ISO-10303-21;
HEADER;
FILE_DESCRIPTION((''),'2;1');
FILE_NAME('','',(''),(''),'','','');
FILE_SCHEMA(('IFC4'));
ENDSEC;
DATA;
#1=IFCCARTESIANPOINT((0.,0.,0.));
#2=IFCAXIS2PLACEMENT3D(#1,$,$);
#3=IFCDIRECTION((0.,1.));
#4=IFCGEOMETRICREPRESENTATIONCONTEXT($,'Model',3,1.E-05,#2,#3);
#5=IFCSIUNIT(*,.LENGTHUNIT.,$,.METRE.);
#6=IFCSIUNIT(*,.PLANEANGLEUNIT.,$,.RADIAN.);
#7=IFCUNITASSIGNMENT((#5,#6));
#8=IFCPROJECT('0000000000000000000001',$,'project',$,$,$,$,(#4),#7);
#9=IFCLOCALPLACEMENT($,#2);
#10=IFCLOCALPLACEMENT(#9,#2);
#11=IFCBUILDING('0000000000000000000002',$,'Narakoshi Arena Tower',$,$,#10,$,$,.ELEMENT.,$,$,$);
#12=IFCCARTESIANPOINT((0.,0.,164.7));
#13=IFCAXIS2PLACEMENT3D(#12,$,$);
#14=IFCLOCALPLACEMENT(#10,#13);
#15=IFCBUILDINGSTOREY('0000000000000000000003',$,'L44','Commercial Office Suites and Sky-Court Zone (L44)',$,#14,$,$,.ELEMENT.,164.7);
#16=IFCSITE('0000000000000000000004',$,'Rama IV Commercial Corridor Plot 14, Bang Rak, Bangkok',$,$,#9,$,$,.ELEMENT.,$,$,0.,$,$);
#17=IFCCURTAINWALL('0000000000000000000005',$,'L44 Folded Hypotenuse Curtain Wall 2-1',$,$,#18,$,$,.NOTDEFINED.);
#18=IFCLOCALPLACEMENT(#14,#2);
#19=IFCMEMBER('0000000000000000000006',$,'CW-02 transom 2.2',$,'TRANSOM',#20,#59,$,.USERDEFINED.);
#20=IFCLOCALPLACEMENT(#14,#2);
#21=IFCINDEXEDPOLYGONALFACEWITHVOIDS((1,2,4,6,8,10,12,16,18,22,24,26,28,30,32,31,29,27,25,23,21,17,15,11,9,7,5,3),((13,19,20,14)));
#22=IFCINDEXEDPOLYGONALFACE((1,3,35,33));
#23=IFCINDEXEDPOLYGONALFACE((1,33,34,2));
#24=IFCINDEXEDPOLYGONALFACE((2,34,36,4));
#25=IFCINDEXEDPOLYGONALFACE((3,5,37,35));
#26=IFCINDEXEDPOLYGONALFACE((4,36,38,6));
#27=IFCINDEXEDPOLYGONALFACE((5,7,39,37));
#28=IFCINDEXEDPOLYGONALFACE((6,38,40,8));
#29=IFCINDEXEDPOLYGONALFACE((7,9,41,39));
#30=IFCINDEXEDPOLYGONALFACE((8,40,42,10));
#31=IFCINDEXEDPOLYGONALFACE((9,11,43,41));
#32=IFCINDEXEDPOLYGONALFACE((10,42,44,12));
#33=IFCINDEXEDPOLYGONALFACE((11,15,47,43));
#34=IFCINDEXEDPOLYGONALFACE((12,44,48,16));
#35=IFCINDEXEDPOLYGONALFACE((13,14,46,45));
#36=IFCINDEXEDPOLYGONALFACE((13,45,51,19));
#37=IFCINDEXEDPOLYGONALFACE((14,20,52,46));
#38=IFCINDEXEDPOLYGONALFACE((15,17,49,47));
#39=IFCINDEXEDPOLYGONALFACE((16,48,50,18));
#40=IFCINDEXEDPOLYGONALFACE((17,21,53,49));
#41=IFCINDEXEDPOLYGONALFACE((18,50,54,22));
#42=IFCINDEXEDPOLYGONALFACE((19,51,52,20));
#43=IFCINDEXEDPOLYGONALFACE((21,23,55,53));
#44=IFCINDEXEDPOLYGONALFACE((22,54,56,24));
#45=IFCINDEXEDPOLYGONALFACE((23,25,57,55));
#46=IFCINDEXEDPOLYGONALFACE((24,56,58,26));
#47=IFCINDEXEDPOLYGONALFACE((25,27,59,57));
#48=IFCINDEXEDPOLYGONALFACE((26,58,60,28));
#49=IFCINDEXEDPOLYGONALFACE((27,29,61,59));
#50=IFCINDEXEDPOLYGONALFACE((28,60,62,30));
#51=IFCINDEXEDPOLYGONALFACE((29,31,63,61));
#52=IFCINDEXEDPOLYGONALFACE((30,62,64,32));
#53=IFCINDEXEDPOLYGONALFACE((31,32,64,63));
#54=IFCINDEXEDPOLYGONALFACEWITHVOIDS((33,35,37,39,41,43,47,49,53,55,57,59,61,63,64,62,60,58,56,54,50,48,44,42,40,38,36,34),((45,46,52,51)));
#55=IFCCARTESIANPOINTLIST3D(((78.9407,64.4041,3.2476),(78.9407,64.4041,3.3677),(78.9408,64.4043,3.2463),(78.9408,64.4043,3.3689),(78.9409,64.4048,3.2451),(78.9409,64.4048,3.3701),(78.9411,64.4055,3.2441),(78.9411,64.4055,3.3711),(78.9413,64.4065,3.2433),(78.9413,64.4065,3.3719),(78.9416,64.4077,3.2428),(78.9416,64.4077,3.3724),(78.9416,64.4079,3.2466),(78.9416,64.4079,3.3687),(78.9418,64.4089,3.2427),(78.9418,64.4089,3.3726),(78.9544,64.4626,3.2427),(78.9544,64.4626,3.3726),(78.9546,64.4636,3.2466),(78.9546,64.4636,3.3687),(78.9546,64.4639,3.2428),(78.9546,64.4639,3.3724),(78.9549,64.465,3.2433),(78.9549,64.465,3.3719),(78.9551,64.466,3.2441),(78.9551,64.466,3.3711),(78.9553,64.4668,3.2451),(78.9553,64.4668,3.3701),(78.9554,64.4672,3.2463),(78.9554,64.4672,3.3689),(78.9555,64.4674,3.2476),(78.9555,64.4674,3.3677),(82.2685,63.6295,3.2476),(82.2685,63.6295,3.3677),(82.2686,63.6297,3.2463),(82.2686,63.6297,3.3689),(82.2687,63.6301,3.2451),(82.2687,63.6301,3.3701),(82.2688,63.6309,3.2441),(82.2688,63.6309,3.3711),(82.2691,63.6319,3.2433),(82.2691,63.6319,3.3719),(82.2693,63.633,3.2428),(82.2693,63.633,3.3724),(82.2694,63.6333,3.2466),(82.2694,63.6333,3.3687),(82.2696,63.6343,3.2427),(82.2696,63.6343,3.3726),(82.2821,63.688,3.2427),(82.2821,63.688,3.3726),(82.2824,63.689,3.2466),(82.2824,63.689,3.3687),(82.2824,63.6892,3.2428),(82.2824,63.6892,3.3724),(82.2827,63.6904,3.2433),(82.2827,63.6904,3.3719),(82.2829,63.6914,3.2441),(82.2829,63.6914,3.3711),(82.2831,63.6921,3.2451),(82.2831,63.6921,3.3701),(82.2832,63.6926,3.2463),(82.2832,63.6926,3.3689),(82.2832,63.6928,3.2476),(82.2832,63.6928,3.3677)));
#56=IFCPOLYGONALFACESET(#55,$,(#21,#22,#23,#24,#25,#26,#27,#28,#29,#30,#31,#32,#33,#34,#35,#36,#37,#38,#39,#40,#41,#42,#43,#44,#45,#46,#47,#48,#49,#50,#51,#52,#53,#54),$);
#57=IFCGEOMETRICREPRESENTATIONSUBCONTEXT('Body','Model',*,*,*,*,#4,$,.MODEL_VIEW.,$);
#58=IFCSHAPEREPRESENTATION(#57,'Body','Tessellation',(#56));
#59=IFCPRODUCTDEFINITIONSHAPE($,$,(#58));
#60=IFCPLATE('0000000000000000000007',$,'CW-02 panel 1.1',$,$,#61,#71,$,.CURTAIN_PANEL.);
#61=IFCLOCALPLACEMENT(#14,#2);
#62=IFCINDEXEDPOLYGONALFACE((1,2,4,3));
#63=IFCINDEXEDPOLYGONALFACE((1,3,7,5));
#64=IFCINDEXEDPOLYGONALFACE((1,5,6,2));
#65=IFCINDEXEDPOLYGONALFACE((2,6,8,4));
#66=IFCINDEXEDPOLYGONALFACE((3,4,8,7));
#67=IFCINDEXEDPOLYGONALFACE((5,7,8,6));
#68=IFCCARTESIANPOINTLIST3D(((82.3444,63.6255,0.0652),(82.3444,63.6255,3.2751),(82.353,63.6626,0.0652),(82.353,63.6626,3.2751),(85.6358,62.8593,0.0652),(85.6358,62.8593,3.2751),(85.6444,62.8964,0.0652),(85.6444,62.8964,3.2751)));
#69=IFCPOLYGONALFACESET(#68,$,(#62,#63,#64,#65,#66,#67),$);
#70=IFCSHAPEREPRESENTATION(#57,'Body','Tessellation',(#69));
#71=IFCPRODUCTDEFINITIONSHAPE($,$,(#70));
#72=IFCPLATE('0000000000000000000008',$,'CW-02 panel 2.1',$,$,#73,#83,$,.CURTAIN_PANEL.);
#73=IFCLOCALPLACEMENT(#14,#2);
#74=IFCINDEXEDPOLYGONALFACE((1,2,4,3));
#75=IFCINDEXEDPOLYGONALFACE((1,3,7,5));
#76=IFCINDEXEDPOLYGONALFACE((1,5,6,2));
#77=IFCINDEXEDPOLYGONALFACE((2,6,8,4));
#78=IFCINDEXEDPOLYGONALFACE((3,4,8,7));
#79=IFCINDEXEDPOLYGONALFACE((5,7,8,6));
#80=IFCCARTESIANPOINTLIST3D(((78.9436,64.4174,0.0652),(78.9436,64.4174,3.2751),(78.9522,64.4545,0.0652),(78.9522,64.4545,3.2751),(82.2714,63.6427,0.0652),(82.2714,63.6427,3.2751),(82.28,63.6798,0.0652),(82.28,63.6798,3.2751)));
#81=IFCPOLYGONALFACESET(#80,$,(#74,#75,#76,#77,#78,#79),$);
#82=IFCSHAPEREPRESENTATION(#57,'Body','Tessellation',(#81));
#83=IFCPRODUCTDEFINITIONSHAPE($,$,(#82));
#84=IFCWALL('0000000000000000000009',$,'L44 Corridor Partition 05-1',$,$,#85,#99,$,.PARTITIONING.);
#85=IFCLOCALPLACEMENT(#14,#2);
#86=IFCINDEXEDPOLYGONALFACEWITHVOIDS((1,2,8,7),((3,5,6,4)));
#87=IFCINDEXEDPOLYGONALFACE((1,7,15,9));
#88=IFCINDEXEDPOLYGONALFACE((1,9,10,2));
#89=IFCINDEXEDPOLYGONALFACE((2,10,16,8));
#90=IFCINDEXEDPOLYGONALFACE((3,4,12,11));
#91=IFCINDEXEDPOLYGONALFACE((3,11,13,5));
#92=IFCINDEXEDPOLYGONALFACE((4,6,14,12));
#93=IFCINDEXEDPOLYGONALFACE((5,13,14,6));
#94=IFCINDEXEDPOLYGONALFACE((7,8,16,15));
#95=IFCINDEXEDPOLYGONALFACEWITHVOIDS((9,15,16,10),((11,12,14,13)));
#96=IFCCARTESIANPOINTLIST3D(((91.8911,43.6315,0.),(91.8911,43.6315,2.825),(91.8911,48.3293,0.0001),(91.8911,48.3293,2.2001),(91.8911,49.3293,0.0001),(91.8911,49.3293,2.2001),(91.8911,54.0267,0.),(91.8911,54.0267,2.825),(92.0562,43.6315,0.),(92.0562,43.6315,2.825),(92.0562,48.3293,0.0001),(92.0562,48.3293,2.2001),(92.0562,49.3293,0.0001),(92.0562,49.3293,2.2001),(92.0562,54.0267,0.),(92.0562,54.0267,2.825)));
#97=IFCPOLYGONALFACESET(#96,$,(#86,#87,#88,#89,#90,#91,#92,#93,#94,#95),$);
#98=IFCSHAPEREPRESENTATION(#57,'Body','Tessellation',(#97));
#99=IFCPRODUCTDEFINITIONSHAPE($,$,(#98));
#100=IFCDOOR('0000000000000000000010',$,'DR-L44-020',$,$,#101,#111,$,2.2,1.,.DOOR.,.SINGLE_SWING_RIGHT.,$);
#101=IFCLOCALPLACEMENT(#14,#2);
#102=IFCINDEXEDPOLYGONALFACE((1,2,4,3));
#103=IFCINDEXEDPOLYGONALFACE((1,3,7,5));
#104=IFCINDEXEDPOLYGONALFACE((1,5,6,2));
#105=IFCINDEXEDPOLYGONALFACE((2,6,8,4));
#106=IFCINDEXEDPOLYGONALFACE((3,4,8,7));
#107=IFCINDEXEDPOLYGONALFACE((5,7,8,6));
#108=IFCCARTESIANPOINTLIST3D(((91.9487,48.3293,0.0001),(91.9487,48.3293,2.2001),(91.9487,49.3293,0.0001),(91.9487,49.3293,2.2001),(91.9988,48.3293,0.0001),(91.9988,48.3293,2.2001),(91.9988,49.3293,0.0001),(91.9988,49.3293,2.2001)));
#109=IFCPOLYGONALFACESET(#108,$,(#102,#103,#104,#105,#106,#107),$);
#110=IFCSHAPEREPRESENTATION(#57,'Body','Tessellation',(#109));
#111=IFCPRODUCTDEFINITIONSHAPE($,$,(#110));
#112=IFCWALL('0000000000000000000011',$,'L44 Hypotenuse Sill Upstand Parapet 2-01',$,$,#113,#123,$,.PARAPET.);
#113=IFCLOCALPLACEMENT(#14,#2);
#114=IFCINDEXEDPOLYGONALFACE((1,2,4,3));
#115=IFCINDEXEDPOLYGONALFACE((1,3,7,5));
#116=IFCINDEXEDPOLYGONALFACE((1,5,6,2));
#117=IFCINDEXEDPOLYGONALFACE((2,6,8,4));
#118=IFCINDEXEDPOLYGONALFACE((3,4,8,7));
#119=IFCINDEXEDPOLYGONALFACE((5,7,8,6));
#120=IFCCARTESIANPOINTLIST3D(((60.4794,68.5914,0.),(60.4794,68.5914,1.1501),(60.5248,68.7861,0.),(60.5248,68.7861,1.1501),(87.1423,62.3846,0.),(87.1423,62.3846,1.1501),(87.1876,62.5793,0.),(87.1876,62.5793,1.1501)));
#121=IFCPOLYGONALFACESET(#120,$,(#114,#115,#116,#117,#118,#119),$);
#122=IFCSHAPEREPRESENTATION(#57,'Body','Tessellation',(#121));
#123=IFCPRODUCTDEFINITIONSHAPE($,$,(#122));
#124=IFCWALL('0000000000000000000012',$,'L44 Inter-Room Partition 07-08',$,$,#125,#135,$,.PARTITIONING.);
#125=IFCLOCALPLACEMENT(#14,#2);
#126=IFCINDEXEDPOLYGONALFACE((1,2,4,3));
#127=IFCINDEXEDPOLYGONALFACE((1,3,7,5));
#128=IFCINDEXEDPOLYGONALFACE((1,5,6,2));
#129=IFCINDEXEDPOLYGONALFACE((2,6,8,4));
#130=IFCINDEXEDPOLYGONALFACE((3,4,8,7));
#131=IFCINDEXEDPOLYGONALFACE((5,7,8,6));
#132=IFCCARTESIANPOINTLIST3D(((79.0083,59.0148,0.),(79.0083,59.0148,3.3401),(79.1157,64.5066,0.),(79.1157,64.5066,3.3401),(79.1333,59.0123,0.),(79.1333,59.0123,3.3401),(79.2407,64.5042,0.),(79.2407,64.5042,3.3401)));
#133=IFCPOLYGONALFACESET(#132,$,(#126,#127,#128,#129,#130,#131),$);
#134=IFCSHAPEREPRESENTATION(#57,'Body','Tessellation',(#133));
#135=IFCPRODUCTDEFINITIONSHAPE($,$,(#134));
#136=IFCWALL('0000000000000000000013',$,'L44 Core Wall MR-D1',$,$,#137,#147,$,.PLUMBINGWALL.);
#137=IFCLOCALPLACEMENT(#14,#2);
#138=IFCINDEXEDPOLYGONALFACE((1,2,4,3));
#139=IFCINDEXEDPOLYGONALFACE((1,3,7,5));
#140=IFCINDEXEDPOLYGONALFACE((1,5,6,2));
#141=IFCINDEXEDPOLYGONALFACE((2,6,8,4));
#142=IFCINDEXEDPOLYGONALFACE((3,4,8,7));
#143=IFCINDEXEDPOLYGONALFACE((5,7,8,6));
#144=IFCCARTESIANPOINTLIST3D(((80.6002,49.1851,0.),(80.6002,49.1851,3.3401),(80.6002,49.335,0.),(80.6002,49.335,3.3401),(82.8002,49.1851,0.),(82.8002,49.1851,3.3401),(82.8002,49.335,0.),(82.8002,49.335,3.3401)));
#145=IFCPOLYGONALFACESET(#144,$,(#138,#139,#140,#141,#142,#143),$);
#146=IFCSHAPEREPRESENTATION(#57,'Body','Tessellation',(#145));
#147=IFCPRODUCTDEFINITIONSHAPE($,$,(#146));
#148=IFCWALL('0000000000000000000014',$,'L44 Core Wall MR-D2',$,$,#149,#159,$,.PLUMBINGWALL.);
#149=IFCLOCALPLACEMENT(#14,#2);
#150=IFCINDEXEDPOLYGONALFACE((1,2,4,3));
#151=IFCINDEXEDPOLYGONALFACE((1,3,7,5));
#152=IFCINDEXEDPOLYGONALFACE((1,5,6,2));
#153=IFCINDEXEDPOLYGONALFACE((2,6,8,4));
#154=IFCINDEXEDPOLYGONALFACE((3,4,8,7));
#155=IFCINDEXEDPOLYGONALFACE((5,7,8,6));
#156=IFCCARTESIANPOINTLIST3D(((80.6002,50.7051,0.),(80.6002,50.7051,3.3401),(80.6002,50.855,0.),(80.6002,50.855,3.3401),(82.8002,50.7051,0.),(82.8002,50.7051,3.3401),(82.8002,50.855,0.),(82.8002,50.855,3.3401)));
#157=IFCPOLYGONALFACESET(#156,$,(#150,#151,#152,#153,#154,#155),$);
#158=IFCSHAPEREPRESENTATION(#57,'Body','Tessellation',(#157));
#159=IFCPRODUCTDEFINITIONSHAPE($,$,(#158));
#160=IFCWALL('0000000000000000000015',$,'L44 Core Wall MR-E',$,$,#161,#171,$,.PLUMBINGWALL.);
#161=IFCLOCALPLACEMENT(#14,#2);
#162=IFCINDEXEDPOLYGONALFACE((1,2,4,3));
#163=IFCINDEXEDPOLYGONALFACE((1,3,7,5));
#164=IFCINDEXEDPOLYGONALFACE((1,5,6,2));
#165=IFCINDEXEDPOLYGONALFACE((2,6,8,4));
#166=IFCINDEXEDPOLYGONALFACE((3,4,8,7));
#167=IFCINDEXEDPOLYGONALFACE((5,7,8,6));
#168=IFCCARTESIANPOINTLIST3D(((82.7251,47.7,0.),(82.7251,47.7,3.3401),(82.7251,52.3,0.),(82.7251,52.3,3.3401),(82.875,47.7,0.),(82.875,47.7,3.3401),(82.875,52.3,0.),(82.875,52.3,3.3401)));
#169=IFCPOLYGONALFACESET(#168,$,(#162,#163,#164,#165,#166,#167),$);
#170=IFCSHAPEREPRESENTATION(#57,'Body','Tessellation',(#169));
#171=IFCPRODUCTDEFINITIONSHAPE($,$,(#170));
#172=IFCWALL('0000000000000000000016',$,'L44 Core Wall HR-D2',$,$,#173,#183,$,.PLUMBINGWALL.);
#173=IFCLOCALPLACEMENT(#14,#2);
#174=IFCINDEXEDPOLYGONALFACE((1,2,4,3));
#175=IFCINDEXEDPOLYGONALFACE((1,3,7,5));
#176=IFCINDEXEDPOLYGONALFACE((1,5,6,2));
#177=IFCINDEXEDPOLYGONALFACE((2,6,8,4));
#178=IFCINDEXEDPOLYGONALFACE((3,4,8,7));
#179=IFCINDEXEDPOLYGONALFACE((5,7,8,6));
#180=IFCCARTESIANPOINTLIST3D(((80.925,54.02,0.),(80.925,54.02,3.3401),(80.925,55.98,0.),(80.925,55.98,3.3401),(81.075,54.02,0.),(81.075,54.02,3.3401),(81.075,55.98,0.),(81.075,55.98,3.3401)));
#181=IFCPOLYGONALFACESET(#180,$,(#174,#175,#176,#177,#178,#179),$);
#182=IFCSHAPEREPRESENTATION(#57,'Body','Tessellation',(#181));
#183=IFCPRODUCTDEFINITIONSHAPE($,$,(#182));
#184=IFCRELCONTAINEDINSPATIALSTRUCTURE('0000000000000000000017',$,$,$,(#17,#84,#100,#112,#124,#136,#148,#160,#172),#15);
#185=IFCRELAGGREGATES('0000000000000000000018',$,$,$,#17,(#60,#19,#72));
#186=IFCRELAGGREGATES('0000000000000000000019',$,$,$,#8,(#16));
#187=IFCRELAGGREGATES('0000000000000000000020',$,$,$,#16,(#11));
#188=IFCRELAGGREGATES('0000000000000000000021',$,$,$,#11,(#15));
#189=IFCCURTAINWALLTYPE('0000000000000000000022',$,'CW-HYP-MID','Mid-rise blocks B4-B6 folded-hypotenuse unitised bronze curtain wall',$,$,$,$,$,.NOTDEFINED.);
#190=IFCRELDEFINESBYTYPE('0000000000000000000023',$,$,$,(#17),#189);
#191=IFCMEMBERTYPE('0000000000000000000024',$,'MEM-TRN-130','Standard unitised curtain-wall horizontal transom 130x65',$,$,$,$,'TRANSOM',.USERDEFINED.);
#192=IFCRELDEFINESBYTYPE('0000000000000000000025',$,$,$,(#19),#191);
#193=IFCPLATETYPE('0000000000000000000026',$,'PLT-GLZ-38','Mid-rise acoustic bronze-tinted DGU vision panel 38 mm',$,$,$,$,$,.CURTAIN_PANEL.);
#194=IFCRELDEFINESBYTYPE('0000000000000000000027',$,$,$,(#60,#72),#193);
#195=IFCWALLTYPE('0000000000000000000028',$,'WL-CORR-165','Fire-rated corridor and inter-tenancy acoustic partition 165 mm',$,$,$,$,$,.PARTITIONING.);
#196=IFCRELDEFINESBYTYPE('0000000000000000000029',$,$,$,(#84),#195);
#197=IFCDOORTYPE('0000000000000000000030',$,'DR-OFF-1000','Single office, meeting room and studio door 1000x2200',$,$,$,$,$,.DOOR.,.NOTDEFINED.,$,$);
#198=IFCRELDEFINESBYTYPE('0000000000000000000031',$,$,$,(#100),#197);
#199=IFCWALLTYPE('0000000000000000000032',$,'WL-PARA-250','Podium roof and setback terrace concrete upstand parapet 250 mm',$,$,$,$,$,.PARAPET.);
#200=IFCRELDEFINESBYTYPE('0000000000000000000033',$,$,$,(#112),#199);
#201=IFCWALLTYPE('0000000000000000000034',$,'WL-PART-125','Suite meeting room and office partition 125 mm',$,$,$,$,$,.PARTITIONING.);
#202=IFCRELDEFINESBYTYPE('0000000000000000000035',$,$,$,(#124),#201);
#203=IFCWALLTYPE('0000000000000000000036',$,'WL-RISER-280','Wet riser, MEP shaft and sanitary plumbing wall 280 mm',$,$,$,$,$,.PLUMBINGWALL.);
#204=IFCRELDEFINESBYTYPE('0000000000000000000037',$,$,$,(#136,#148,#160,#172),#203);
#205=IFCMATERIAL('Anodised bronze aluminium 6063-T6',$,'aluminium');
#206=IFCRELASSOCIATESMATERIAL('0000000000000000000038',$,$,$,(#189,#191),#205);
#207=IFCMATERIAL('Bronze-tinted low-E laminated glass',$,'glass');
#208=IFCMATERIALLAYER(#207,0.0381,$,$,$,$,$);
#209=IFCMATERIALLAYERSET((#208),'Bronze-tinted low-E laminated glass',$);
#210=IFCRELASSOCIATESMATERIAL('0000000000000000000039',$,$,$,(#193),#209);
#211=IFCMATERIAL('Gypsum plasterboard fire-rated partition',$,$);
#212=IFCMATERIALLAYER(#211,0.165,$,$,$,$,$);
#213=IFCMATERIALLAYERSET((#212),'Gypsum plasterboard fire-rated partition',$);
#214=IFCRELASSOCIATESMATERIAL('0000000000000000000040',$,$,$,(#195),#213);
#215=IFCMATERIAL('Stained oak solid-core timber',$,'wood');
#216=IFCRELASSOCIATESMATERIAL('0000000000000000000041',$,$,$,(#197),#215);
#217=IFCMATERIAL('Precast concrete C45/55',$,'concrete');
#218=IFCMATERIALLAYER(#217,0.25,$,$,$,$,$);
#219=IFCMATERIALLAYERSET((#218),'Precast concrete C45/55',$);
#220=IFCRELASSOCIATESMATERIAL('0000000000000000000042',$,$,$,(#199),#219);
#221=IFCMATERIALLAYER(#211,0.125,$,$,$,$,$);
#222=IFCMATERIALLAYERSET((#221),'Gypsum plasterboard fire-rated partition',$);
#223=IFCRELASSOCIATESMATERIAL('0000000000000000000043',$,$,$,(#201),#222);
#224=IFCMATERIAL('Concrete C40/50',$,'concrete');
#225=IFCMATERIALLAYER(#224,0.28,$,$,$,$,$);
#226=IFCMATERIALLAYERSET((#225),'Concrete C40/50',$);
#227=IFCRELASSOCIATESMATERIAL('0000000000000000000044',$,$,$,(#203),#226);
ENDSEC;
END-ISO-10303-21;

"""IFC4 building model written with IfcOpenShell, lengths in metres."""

from ifc_helpers import new_model, si_unit, direction, frame, frame_2d, origin, origin_2d, place, context, subcontext, project, spatial, rectangle, hollow_rectangle, extrude, material, layer, layer_set, material_profile, profile_set, type_object, element, fill, aggregate, save


model = new_model("IFC4")

# Units and contexts
model_context = context("Model", 3, precision=1e-05, world=origin(), true_north=direction((0.0, 1.0)))
body_context = subcontext(model_context, "Body", "Model", "MODEL_VIEW")
ifc_project = project(units=[si_unit("LENGTHUNIT", "METRE"), si_unit("PLANEANGLEUNIT", "RADIAN")], contexts=[model_context])

# Site, building, storey
site_placement = place(None, origin())
site = spatial("IfcSite", under=ifc_project, at=site_placement, Name="Rama IV Commercial Corridor Plot 14, Bang Rak, Bangkok", CompositionType="ELEMENT", RefElevation=0.0)
building_placement = place(site_placement, origin())
building = spatial("IfcBuilding", under=site, at=building_placement, Name="Narakoshi Arena Tower", CompositionType="ELEMENT")
storey_placement = place(building_placement, frame((0.0, 0.0, 164.7)))
storey = spatial("IfcBuildingStorey", under=building, at=storey_placement, Name="L44", Description="Commercial Office Suites and Sky-Court Zone (L44)", CompositionType="ELEMENT", Elevation=164.7)

# Shared definitions
ifc_material_1 = material(Name="Anodised bronze aluminium 6063-T6", Category="aluminium")
curtain_wall_type = type_object("IfcCurtainWallType", Name="CW-HYP-MID", Description="Mid-rise blocks B4-B6 folded-hypotenuse unitised bronze curtain wall", PredefinedType="NOTDEFINED", material=ifc_material_1)

# Curtain wall, member, plates
curtain_wall_1_placement = place(storey_placement, origin())
curtain_wall_1 = element("IfcCurtainWall", 1, at=curtain_wall_1_placement, inside=storey, type_object=curtain_wall_type, Name="L44 Folded Hypotenuse Curtain Wall 2-1", PredefinedType="NOTDEFINED")
ifc_material_profile_1 = material_profile(ifc_material_1, hollow_rectangle(XDim=0.0649, YDim=0.1299, WallThickness=0.0039, OuterFilletRadius=0.0049, at=origin_2d()), Name="TRN130x65x4")
ifc_profile_set_1 = profile_set([ifc_material_profile_1], Name="Anodised bronze aluminium 6063-T6")
member_type_1 = type_object("IfcMemberType", Name="MEM-TRN-130", Description="Standard unitised curtain-wall horizontal transom 130x65", ElementType="TRANSOM", PredefinedType="USERDEFINED", material=ifc_profile_set_1)
member_1_placement = place(storey_placement, frame((82.2759, 63.6611, 3.3076), z_axis=(-0.973961, 0.226717, 0.0), x_axis=(-0.226717, -0.973961, 0.0)))
member_1 = element("IfcMember", 2, at=member_1_placement, type_object=member_type_1, Name="CW-02 transom 2.2", ObjectType="TRANSOM", PredefinedType="USERDEFINED", context=body_context, shape_type="SweptSolid", body=[
    extrude(hollow_rectangle(XDim=0.0649, YDim=0.1299, WallThickness=0.0039, OuterFilletRadius=0.0049, at=origin_2d()), origin(), (0.0, 0.0, 1.0), 3.4167),
])
ifc_material_2 = material(Name="Bronze-tinted low-E laminated glass", Category="glass")
ifc_layer_1 = layer(ifc_material_2, 0.0381)
ifc_layer_set_1 = layer_set([ifc_layer_1], Name="Bronze-tinted low-E laminated glass")
plate_type = type_object("IfcPlateType", Name="PLT-GLZ-38", Description="Mid-rise acoustic bronze-tinted DGU vision panel 38 mm", PredefinedType="CURTAIN_PANEL", material=ifc_layer_set_1)
plate_1_placement = place(storey_placement, frame((83.9944, 63.261, 0.0652), z_axis=(0.0, 0.0, 1.0), x_axis=(-0.97396, 0.226721, 0.0)))
plate_1 = element("IfcPlate", 3, at=plate_1_placement, type_object=plate_type, Name="CW-02 panel 1.1", PredefinedType="CURTAIN_PANEL", context=body_context, shape_type="SweptSolid", body=[
    extrude(rectangle(XDim=3.3794, YDim=0.0381, at=origin_2d()), origin(), (0.0, 0.0, 1.0), 3.21),
])
plate_2_placement = place(storey_placement, frame((80.6118, 64.0486, 0.0652), z_axis=(0.0, 0.0, 1.0), x_axis=(-0.97396, 0.226721, 0.0)))
plate_2 = element("IfcPlate", 4, at=plate_2_placement, type_object=plate_type, Name="CW-02 panel 2.1", PredefinedType="CURTAIN_PANEL", context=body_context, shape_type="SweptSolid", body=[
    extrude(rectangle(XDim=3.4167, YDim=0.0381, at=origin_2d()), origin(), (0.0, 0.0, 1.0), 3.21),
])
aggregate(curtain_wall_1, [plate_1, member_1, plate_2])

# Wall, opening, door
ifc_material_3 = material(Name="Gypsum plasterboard fire-rated partition")
ifc_layer_2 = layer(ifc_material_3, 0.165)
ifc_layer_set_2 = layer_set([ifc_layer_2], Name="Gypsum plasterboard fire-rated partition")
wall_type_1 = type_object("IfcWallType", Name="WL-CORR-165", Description="Fire-rated corridor and inter-tenancy acoustic partition 165 mm", PredefinedType="PARTITIONING", material=ifc_layer_set_2)
wall_1_placement = place(storey_placement, frame((91.9736, 54.0269, 0.0), z_axis=(0.0, 0.0, 1.0), x_axis=(0.0, -1.0, 0.0)))
wall_1 = element("IfcWall", 5, at=wall_1_placement, inside=storey, type_object=wall_type_1, Name="L44 Corridor Partition 05-1", PredefinedType="PARTITIONING", context=body_context, shape_type="SweptSolid", body=[
    extrude(rectangle(XDim=10.3953, YDim=0.165, at=frame_2d((5.1978, 0.0))), origin(), (0.0, 0.0, 1.0), 2.825),
])
opening_1_placement = place(wall_1_placement, frame((4.6975, 0.0, 0.0)))
opening_1 = element("IfcOpeningElement", 6, at=opening_1_placement, cuts=wall_1, PredefinedType="OPENING", context=body_context, shape_type="SweptSolid", body=[
    extrude(rectangle(XDim=1.0, YDim=2.2, at=frame_2d((0.5, 1.1001))), frame((0.0, 0.0925, 0.0), z_axis=(0.0, -1.0, 0.0), x_axis=(1.0, 0.0, 0.0)), (0.0, 0.0, 1.0), 0.1851),
])
ifc_material_4 = material(Name="Stained oak solid-core timber", Category="wood")
door_type_1 = type_object("IfcDoorType", Name="DR-OFF-1000", Description="Single office, meeting room and studio door 1000x2200", OperationType="NOTDEFINED", PredefinedType="DOOR", material=ifc_material_4)
door_1_placement = place(opening_1_placement, frame((1.0, 0.0, 0.0), z_axis=(0.0, 0.0, 1.0), x_axis=(-1.0, 0.0, 0.0)))
door_1 = element("IfcDoor", 7, at=door_1_placement, inside=storey, type_object=door_type_1, Name="DR-L44-020", OperationType="SINGLE_SWING_RIGHT", OverallHeight=2.2, OverallWidth=1.0, PredefinedType="DOOR", context=body_context, shape_type="SweptSolid", body=[
    extrude(rectangle(XDim=1.0, YDim=2.2, at=frame_2d((0.5, 1.1001))), frame((0.0, 0.0249, 0.0), z_axis=(0.0, -1.0, 0.0), x_axis=(1.0, 0.0, 0.0)), (0.0, 0.0, 1.0), 0.05),
])
fill(opening_1, door_1)

# Walls
ifc_material_5 = material(Name="Precast concrete C45/55", Category="concrete")
ifc_layer_3 = layer(ifc_material_5, 0.25)
ifc_layer_set_3 = layer_set([ifc_layer_3], Name="Precast concrete C45/55")
wall_type_2 = type_object("IfcWallType", Name="WL-PARA-250", Description="Podium roof and setback terrace concrete upstand parapet 250 mm", PredefinedType="PARAPET", material=ifc_layer_set_3)
wall_2_placement = place(storey_placement, frame((87.165, 62.4819, 0.0), z_axis=(0.0, 0.0, 1.0), x_axis=(-0.973959, 0.226726, 0.0)))
element("IfcWall", 8, at=wall_2_placement, inside=storey, type_object=wall_type_2, Name="L44 Hypotenuse Sill Upstand Parapet 2-01", PredefinedType="PARAPET", context=body_context, shape_type="SweptSolid", body=[
    extrude(rectangle(XDim=27.3757, YDim=0.2, at=frame_2d((13.688, 0.0))), origin(), (0.0, 0.0, 1.0), 1.1501),
])
ifc_layer_4 = layer(ifc_material_3, 0.125)
ifc_layer_set_4 = layer_set([ifc_layer_4], Name="Gypsum plasterboard fire-rated partition")
wall_type_3 = type_object("IfcWallType", Name="WL-PART-125", Description="Suite meeting room and office partition 125 mm", PredefinedType="PARTITIONING", material=ifc_layer_set_4)
wall_3_placement = place(storey_placement, frame((79.0708, 59.0134, 0.0), z_axis=(0.0, 0.0, 1.0), x_axis=(0.019556, 0.999809, 0.0)))
element("IfcWall", 9, at=wall_3_placement, inside=storey, type_object=wall_type_3, Name="L44 Inter-Room Partition 07-08", PredefinedType="PARTITIONING", context=body_context, shape_type="SweptSolid", body=[
    extrude(rectangle(XDim=5.4929, YDim=0.125, at=frame_2d((2.7466, 0.0))), origin(), (0.0, 0.0, 1.0), 3.3401),
])
ifc_material_6 = material(Name="Concrete C40/50", Category="concrete")
ifc_layer_5 = layer(ifc_material_6, 0.28)
ifc_layer_set_5 = layer_set([ifc_layer_5], Name="Concrete C40/50")
wall_type_4 = type_object("IfcWallType", Name="WL-RISER-280", Description="Wet riser, MEP shaft and sanitary plumbing wall 280 mm", PredefinedType="PLUMBINGWALL", material=ifc_layer_set_5)
for number, where, z_axis, x_axis, name in (
    (10, (80.6001, 49.26, 0.0), (0.0, 0.0, 1.0), (1.0, 0.0, 0.0), "L44 Core Wall MR-D1"),
    (11, (80.6001, 50.78, 0.0), (0.0, 0.0, 1.0), (1.0, 0.0, 0.0), "L44 Core Wall MR-D2"),
):
    element("IfcWall", number, at=place(storey_placement, frame(where, z_axis=z_axis, x_axis=x_axis)), inside=storey, type_object=wall_type_4, Name=name, PredefinedType="PLUMBINGWALL", context=body_context, shape_type="SweptSolid", body=[
        extrude(rectangle(XDim=2.2, YDim=0.1499, at=frame_2d((1.1001, 0.0))), origin(), (0.0, 0.0, 1.0), 3.3401),
    ])
wall_4_placement = place(storey_placement, frame((82.8, 47.7, 0.0), z_axis=(0.0, 0.0, 1.0), x_axis=(0.0, 1.0, 0.0)))
element("IfcWall", 12, at=wall_4_placement, inside=storey, type_object=wall_type_4, Name="L44 Core Wall MR-E", PredefinedType="PLUMBINGWALL", context=body_context, shape_type="SweptSolid", body=[
    extrude(rectangle(XDim=4.6001, YDim=0.1499, at=frame_2d((2.3, 0.0))), origin(), (0.0, 0.0, 1.0), 3.3401),
])
wall_5_placement = place(storey_placement, frame((81.0, 54.02, 0.0), z_axis=(0.0, 0.0, 1.0), x_axis=(0.0, 1.0, 0.0)))
element("IfcWall", 13, at=wall_5_placement, inside=storey, type_object=wall_type_4, Name="L44 Core Wall HR-D2", PredefinedType="PLUMBINGWALL", context=body_context, shape_type="SweptSolid", body=[
    extrude(rectangle(XDim=1.96, YDim=0.1499, at=frame_2d((0.98, 0.0))), origin(), (0.0, 0.0, 1.0), 3.3401),
])

save(model, "model.ifc")
